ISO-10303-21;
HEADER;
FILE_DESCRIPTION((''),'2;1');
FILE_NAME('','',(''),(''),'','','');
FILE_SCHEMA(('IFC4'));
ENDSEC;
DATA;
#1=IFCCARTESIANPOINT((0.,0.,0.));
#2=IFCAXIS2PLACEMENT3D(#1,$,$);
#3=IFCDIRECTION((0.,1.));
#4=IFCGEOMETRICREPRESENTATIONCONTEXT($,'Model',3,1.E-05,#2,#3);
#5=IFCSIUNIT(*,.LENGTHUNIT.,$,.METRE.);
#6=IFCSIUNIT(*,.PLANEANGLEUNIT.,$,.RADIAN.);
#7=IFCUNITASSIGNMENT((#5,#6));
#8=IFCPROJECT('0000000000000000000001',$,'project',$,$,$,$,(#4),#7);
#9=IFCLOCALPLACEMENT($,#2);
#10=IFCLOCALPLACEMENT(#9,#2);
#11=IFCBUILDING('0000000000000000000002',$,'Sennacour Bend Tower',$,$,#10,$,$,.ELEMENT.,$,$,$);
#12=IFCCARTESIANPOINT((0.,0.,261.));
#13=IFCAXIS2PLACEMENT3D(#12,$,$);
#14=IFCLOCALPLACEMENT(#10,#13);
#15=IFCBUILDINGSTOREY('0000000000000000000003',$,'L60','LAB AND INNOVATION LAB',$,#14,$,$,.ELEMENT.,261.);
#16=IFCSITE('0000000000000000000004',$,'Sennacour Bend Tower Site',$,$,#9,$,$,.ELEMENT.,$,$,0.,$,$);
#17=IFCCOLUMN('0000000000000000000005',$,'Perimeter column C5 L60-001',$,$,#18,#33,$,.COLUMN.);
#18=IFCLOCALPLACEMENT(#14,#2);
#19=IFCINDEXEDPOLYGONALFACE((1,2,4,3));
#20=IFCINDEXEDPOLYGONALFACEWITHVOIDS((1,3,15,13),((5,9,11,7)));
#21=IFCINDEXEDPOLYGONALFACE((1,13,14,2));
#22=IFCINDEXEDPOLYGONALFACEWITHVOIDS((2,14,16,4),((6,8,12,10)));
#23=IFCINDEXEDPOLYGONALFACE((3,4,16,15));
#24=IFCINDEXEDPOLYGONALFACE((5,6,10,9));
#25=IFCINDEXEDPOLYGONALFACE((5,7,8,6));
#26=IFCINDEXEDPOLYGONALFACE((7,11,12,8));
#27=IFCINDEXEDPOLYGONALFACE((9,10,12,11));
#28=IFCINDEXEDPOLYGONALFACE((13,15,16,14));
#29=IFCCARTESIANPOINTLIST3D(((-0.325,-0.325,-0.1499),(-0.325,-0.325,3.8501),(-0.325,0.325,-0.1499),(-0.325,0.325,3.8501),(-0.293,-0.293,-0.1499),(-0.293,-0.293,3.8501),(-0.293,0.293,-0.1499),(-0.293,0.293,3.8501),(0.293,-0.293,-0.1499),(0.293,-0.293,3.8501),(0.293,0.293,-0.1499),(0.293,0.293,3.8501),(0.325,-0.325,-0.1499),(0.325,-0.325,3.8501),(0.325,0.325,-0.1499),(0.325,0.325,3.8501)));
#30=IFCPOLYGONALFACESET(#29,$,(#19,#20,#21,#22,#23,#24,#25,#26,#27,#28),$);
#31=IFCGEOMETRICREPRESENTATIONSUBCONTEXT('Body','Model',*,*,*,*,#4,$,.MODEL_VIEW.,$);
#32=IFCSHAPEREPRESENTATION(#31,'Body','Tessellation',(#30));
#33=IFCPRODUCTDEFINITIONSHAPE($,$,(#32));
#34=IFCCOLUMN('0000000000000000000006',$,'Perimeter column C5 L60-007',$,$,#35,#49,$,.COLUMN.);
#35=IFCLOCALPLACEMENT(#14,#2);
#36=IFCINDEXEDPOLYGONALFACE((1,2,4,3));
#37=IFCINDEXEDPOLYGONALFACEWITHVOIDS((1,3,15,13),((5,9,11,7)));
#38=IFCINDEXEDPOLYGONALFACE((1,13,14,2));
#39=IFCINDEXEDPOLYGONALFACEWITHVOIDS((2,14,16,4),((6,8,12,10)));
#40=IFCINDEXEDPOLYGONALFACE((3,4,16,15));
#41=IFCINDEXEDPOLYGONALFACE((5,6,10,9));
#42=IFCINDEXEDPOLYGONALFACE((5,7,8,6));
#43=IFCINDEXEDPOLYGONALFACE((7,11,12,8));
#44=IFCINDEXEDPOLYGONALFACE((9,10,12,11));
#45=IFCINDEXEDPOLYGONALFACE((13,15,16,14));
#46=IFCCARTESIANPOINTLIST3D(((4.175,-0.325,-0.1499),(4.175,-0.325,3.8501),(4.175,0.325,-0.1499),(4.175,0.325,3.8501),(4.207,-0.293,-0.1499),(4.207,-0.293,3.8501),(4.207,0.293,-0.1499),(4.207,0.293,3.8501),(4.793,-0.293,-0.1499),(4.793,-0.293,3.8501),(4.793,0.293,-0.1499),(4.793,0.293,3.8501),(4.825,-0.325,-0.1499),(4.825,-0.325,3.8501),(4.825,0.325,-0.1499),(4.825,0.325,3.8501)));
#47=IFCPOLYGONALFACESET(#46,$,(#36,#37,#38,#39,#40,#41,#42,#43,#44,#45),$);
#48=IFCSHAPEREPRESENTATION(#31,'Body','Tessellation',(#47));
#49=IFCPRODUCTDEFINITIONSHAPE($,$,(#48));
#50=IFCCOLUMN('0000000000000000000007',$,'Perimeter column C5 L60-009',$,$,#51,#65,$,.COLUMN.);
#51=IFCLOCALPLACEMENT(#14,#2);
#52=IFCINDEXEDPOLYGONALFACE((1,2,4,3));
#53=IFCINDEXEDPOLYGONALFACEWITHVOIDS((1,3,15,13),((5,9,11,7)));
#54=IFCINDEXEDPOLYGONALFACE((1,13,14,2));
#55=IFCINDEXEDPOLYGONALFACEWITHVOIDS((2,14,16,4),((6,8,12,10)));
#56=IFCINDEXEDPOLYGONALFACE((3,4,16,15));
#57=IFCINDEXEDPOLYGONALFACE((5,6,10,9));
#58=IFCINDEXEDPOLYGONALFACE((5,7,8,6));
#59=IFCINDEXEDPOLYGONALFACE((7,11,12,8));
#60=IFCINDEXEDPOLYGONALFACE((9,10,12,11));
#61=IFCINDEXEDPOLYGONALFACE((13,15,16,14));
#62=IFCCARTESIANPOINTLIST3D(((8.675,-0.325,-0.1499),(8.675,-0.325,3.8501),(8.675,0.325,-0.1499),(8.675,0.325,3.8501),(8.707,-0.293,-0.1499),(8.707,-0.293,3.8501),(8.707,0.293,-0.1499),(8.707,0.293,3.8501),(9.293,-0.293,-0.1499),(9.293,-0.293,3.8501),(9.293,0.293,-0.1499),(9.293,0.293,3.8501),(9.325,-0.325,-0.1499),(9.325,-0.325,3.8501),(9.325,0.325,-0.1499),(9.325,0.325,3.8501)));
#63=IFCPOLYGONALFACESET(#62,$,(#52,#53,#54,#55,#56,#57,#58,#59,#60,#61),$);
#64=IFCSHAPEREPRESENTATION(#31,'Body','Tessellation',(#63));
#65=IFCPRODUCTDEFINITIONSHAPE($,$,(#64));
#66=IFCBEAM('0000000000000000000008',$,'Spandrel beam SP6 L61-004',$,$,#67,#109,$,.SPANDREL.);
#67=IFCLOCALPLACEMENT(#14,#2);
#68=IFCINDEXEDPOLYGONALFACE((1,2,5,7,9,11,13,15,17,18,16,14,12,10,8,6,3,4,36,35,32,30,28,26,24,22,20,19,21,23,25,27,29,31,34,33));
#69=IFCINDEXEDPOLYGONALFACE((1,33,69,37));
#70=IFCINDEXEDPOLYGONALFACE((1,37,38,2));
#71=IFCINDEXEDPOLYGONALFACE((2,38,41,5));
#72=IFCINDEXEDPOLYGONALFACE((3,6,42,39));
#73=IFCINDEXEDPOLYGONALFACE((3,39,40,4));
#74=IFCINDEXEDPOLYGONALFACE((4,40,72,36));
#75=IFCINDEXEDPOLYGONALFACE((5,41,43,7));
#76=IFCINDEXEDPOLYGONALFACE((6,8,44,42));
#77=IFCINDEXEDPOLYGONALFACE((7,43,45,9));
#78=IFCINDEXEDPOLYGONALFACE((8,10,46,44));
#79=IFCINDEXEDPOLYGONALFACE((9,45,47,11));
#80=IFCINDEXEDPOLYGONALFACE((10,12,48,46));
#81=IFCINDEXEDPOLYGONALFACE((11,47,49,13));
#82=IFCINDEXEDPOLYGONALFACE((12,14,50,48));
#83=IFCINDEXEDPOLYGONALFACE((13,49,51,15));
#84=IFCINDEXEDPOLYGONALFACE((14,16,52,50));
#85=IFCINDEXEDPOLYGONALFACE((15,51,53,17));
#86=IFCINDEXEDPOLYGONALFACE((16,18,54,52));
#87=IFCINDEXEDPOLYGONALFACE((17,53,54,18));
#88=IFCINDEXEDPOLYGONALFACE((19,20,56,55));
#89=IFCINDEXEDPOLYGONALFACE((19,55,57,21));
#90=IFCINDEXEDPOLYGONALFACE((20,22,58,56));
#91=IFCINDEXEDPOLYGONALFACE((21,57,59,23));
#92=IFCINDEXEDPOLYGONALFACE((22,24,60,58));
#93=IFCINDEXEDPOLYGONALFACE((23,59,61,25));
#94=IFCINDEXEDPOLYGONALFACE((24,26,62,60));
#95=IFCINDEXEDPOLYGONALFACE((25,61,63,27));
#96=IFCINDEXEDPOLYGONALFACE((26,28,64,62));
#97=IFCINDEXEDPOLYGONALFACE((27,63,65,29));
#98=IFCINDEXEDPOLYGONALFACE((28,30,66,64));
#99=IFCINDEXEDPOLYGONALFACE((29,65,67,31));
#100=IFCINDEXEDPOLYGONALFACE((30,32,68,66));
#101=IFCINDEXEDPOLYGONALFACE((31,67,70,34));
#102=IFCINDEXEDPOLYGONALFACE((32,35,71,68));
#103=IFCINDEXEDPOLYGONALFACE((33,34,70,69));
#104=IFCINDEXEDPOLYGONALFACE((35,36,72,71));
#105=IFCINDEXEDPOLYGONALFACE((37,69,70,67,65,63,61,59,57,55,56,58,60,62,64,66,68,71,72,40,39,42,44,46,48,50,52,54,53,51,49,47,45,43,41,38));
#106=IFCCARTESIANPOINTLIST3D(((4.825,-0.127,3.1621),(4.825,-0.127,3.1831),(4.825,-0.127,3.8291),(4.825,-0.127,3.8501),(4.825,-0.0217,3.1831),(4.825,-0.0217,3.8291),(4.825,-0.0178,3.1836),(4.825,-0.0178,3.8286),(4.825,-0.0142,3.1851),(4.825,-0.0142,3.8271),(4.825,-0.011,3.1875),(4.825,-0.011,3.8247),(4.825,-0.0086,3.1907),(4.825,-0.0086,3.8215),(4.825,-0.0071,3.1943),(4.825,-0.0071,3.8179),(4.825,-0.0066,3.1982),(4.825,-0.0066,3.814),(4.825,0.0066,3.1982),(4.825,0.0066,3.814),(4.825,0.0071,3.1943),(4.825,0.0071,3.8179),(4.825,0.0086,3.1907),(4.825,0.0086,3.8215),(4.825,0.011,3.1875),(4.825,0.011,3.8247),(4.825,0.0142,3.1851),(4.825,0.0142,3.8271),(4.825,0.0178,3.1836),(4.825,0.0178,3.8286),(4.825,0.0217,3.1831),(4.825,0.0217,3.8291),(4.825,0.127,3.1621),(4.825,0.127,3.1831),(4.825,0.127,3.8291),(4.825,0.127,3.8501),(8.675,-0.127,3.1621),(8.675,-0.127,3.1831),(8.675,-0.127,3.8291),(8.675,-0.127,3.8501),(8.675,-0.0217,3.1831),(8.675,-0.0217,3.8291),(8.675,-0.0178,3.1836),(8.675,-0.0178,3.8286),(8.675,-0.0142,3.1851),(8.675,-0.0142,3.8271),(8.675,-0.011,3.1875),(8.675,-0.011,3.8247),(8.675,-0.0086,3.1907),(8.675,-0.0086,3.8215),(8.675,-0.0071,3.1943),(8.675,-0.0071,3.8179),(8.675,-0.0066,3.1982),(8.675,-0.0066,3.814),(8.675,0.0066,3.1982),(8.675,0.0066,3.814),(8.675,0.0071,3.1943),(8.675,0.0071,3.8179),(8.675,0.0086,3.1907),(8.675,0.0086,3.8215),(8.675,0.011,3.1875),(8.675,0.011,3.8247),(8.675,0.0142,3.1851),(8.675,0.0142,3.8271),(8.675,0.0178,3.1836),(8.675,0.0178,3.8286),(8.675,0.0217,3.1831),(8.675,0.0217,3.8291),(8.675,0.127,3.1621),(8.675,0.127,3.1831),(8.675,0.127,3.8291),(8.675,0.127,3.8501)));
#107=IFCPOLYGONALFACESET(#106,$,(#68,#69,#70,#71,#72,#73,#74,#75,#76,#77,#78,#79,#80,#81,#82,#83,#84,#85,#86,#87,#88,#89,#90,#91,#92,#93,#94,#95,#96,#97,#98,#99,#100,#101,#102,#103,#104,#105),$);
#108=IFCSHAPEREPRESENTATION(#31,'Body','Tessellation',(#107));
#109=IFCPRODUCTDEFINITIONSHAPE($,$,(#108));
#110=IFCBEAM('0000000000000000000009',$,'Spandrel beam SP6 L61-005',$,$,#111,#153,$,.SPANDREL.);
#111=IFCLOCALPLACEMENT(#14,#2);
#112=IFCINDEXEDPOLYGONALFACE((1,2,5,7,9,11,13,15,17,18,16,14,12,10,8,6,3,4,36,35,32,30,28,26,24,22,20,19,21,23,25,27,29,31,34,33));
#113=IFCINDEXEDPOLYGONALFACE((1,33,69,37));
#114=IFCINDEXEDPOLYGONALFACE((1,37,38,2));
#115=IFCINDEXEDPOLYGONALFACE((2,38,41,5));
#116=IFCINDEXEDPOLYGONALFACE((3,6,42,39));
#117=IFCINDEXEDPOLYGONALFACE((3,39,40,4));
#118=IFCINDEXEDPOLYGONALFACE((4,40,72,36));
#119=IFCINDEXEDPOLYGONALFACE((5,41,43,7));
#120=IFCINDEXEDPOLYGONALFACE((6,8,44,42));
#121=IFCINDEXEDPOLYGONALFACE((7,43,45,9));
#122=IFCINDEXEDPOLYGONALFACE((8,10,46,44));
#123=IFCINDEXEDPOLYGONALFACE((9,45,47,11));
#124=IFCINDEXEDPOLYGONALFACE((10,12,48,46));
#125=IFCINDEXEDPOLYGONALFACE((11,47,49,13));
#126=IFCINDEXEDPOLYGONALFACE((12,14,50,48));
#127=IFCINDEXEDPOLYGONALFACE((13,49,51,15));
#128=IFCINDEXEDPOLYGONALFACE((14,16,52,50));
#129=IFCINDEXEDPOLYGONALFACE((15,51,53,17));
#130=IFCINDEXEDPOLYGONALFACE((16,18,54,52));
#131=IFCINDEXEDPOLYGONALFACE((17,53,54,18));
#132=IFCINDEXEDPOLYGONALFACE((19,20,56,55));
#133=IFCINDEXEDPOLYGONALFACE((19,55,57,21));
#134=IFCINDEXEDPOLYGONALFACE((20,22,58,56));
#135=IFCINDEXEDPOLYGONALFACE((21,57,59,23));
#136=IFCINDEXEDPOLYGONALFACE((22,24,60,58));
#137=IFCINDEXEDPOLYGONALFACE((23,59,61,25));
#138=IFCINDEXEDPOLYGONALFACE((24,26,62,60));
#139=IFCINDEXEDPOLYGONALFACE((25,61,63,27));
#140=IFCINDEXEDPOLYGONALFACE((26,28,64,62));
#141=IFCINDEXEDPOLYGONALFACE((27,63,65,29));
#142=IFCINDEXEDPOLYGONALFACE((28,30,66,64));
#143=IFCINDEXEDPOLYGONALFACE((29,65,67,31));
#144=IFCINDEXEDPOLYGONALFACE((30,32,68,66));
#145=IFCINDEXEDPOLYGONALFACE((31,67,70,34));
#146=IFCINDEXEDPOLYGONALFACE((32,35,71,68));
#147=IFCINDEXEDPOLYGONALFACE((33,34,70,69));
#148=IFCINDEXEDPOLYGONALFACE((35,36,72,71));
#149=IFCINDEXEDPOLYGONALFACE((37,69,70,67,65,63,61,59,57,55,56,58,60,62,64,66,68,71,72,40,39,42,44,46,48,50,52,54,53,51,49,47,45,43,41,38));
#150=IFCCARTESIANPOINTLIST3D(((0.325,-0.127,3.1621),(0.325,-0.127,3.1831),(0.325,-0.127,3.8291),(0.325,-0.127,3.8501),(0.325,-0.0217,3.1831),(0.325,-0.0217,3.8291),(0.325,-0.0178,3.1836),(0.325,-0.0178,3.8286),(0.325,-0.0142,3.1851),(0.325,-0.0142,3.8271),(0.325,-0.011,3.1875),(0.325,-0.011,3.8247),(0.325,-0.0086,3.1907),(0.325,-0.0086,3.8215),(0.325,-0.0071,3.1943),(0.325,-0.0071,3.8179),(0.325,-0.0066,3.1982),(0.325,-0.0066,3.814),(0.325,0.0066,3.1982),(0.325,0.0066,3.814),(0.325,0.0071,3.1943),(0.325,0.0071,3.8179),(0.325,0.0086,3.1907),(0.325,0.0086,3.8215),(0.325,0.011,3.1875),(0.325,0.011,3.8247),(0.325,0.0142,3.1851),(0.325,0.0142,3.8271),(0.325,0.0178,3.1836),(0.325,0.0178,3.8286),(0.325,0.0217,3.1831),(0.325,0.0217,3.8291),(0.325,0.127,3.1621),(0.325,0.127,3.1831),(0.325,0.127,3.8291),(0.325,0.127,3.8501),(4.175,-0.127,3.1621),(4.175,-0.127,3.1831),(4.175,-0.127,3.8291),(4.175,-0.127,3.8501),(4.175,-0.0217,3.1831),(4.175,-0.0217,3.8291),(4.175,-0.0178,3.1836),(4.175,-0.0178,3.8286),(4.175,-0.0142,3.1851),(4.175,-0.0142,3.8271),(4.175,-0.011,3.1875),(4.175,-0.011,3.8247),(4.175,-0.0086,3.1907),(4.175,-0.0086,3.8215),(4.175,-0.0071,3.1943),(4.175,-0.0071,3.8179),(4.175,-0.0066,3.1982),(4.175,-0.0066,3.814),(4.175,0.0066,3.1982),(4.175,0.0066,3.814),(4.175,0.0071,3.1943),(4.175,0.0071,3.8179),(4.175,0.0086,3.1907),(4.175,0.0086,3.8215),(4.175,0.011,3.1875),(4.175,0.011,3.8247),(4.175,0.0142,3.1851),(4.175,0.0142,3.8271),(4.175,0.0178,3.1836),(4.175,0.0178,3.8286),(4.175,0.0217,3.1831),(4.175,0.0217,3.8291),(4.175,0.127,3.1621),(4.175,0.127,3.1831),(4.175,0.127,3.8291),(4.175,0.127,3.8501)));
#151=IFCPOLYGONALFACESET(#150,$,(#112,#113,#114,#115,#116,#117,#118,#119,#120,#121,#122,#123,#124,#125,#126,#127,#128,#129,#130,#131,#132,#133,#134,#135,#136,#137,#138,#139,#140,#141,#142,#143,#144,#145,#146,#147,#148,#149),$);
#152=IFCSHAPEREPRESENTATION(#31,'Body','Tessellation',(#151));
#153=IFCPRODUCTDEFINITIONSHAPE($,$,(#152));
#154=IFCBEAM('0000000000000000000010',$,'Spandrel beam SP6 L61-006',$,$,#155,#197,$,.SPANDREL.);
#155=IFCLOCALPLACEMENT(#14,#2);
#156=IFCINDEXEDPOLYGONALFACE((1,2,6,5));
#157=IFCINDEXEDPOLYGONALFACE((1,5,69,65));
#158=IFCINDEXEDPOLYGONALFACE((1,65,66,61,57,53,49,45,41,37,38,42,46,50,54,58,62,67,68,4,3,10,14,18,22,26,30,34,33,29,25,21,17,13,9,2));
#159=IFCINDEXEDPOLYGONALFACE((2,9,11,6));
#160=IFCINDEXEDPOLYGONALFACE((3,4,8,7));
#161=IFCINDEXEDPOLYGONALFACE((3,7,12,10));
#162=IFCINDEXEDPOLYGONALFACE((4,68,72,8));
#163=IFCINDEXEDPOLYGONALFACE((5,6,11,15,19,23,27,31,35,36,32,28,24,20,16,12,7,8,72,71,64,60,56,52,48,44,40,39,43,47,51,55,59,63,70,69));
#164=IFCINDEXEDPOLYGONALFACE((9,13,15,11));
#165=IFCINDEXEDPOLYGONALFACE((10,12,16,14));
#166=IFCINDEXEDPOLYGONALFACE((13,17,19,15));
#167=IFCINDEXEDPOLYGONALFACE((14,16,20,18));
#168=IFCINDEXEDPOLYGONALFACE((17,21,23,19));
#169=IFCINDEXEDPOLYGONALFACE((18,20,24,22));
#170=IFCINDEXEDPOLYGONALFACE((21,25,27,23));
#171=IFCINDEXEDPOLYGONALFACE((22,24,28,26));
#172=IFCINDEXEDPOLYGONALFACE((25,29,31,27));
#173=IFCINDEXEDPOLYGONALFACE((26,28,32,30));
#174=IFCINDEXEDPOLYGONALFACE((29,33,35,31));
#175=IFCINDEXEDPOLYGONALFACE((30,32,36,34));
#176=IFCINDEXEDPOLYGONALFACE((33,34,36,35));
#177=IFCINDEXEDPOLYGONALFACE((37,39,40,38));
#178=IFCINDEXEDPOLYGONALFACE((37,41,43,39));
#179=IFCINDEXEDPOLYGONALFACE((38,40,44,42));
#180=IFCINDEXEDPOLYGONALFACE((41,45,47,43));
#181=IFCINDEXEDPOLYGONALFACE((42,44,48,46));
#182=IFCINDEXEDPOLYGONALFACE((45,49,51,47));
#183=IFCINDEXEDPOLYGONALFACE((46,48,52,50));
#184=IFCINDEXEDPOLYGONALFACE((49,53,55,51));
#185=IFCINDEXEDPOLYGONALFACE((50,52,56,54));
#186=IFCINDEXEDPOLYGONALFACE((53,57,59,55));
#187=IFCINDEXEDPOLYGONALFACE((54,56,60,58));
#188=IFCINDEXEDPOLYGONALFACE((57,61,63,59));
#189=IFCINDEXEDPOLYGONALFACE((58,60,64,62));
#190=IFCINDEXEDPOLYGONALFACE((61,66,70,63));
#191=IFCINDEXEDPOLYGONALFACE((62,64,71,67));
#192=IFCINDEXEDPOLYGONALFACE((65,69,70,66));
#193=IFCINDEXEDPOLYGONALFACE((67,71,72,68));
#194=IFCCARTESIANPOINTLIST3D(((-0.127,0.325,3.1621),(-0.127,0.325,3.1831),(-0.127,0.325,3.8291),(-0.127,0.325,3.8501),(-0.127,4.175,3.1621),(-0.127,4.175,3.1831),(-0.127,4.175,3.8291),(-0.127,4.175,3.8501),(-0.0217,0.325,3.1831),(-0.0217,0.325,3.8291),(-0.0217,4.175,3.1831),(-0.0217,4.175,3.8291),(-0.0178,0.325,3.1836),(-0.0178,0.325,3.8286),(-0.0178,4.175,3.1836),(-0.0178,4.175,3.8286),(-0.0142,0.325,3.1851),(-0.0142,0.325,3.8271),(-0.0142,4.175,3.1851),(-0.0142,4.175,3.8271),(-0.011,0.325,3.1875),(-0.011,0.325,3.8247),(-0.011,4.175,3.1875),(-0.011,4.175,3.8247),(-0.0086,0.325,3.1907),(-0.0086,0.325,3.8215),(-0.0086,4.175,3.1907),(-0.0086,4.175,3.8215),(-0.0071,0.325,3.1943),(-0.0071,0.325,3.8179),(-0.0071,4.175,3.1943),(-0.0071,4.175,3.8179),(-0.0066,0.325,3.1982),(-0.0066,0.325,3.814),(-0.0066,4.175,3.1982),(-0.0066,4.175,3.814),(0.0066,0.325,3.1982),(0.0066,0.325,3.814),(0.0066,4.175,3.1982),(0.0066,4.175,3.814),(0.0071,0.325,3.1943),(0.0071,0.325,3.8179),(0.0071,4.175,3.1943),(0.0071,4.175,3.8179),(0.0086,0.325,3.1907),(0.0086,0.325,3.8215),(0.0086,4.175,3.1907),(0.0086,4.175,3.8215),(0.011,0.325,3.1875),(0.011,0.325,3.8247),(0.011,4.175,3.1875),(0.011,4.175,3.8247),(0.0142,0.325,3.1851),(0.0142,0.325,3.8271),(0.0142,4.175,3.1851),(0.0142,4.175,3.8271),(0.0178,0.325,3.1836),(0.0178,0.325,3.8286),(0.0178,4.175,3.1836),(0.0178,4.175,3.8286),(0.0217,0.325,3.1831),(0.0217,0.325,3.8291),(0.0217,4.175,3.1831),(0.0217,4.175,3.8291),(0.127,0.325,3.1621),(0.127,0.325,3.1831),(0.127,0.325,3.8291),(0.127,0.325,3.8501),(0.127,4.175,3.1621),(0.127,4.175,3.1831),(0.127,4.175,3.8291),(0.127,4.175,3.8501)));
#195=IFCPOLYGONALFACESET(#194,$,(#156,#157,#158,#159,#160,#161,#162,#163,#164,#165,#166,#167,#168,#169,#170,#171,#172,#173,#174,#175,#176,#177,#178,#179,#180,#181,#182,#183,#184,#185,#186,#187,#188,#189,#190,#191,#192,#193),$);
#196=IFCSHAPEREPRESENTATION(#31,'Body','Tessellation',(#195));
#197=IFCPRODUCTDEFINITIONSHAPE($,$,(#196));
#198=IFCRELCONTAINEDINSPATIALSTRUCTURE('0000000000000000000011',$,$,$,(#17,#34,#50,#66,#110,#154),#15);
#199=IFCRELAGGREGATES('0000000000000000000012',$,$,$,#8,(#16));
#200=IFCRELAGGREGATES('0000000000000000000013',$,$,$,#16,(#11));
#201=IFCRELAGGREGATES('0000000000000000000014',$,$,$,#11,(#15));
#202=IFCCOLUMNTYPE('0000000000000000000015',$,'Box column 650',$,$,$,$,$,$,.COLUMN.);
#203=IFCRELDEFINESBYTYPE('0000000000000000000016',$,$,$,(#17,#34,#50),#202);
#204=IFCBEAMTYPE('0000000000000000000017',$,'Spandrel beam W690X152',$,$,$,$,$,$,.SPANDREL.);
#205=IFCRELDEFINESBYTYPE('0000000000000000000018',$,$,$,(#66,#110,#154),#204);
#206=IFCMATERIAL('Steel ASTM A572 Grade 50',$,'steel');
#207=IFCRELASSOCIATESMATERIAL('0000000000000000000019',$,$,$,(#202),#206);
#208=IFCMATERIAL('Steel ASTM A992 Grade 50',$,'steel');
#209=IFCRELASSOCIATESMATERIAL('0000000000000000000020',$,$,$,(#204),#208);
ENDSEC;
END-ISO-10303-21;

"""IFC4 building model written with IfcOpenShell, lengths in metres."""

from ifc_helpers import new_model, si_unit, direction, frame, origin, origin_2d, place, context, subcontext, project, spatial, hollow_rectangle, i_section, extrude, material, material_profile, profile_set, type_object, element, save


model = new_model("IFC4")

# Units and contexts
model_context = context("Model", 3, precision=1e-05, world=origin(), true_north=direction((0.0, 1.0)))
body_context = subcontext(model_context, "Body", "Model", "MODEL_VIEW")
ifc_project = project(units=[si_unit("LENGTHUNIT", "METRE"), si_unit("PLANEANGLEUNIT", "RADIAN")], contexts=[model_context])

# Site, building, storey
site_placement = place(None, origin())
site = spatial("IfcSite", under=ifc_project, at=site_placement, Name="Sennacour Bend Tower Site", CompositionType="ELEMENT", RefElevation=0.0)
building_placement = place(site_placement, origin())
building = spatial("IfcBuilding", under=site, at=building_placement, Name="Sennacour Bend Tower", CompositionType="ELEMENT")
storey_placement = place(building_placement, frame((0.0, 0.0, 261.0)))
storey = spatial("IfcBuildingStorey", under=building, at=storey_placement, Name="L60", Description="LAB AND INNOVATION LAB", CompositionType="ELEMENT", Elevation=261.0)

# Columns
ifc_material_1 = material(Name="Steel ASTM A572 Grade 50", Category="steel")
ifc_material_profile_1 = material_profile(ifc_material_1, hollow_rectangle(XDim=0.6499, YDim=0.6499, WallThickness=0.032, at=origin_2d()), Name="Steel ASTM A572 Grade 50", Category="steel")
ifc_profile_set_1 = profile_set([ifc_material_profile_1], Name="Steel ASTM A572 Grade 50")
column_type = type_object("IfcColumnType", Name="Box column 650", PredefinedType="COLUMN", material=ifc_profile_set_1)
for number, where, z_axis, x_axis, name in (
    (1, (0.0, 0.0, -0.1499), (0.0, 0.0, 1.0), (1.0, 0.0, 0.0), "Perimeter column C5 L60-001"),
    (2, (4.5, 0.0, -0.1499), (0.0, 0.0, 1.0), (1.0, 0.0, 0.0), "Perimeter column C5 L60-007"),
    (3, (9.0, 0.0, -0.1499), (0.0, 0.0, 1.0), (1.0, 0.0, 0.0), "Perimeter column C5 L60-009"),
):
    element("IfcColumn", number, at=place(storey_placement, frame(where, z_axis=z_axis, x_axis=x_axis)), inside=storey, type_object=column_type, Name=name, PredefinedType="COLUMN", context=body_context, shape_type="SweptSolid", body=[
        extrude(hollow_rectangle(XDim=0.6499, YDim=0.6499, WallThickness=0.032, at=origin_2d()), origin(), (0.0, 0.0, 1.0), 4.0),
    ])

# Beams
ifc_material_2 = material(Name="Steel ASTM A992 Grade 50", Category="steel")
ifc_material_profile_2 = material_profile(ifc_material_2, i_section(OverallWidth=0.2539, OverallDepth=0.688, WebThickness=0.0132, FlangeThickness=0.021, FilletRadius=0.0151, at=origin_2d()), Name="Steel ASTM A992 Grade 50", Category="steel")
ifc_profile_set_2 = profile_set([ifc_material_profile_2], Name="Steel ASTM A992 Grade 50")
beam_type = type_object("IfcBeamType", Name="Spandrel beam W690X152", PredefinedType="SPANDREL", material=ifc_profile_set_2)
for number, where, z_axis, x_axis, name in (
    (4, (8.675, 0.0, 3.5061), (-1.0, 0.0, 0.0), (0.0, -1.0, 0.0), "Spandrel beam SP6 L61-004"),
    (5, (4.175, 0.0, 3.5061), (-1.0, 0.0, 0.0), (0.0, -1.0, 0.0), "Spandrel beam SP6 L61-005"),
    (6, (0.0, 0.325, 3.5061), (0.0, 1.0, 0.0), (-1.0, 0.0, 0.0), "Spandrel beam SP6 L61-006"),
):
    element("IfcBeam", number, at=place(storey_placement, frame(where, z_axis=z_axis, x_axis=x_axis)), inside=storey, type_object=beam_type, Name=name, PredefinedType="SPANDREL", context=body_context, shape_type="SweptSolid", body=[
        extrude(i_section(OverallWidth=0.2539, OverallDepth=0.688, WebThickness=0.0132, FlangeThickness=0.021, FilletRadius=0.0151, at=origin_2d()), origin(), (0.0, 0.0, 1.0), 3.8501),
    ])

save(model, "model.ifc")
